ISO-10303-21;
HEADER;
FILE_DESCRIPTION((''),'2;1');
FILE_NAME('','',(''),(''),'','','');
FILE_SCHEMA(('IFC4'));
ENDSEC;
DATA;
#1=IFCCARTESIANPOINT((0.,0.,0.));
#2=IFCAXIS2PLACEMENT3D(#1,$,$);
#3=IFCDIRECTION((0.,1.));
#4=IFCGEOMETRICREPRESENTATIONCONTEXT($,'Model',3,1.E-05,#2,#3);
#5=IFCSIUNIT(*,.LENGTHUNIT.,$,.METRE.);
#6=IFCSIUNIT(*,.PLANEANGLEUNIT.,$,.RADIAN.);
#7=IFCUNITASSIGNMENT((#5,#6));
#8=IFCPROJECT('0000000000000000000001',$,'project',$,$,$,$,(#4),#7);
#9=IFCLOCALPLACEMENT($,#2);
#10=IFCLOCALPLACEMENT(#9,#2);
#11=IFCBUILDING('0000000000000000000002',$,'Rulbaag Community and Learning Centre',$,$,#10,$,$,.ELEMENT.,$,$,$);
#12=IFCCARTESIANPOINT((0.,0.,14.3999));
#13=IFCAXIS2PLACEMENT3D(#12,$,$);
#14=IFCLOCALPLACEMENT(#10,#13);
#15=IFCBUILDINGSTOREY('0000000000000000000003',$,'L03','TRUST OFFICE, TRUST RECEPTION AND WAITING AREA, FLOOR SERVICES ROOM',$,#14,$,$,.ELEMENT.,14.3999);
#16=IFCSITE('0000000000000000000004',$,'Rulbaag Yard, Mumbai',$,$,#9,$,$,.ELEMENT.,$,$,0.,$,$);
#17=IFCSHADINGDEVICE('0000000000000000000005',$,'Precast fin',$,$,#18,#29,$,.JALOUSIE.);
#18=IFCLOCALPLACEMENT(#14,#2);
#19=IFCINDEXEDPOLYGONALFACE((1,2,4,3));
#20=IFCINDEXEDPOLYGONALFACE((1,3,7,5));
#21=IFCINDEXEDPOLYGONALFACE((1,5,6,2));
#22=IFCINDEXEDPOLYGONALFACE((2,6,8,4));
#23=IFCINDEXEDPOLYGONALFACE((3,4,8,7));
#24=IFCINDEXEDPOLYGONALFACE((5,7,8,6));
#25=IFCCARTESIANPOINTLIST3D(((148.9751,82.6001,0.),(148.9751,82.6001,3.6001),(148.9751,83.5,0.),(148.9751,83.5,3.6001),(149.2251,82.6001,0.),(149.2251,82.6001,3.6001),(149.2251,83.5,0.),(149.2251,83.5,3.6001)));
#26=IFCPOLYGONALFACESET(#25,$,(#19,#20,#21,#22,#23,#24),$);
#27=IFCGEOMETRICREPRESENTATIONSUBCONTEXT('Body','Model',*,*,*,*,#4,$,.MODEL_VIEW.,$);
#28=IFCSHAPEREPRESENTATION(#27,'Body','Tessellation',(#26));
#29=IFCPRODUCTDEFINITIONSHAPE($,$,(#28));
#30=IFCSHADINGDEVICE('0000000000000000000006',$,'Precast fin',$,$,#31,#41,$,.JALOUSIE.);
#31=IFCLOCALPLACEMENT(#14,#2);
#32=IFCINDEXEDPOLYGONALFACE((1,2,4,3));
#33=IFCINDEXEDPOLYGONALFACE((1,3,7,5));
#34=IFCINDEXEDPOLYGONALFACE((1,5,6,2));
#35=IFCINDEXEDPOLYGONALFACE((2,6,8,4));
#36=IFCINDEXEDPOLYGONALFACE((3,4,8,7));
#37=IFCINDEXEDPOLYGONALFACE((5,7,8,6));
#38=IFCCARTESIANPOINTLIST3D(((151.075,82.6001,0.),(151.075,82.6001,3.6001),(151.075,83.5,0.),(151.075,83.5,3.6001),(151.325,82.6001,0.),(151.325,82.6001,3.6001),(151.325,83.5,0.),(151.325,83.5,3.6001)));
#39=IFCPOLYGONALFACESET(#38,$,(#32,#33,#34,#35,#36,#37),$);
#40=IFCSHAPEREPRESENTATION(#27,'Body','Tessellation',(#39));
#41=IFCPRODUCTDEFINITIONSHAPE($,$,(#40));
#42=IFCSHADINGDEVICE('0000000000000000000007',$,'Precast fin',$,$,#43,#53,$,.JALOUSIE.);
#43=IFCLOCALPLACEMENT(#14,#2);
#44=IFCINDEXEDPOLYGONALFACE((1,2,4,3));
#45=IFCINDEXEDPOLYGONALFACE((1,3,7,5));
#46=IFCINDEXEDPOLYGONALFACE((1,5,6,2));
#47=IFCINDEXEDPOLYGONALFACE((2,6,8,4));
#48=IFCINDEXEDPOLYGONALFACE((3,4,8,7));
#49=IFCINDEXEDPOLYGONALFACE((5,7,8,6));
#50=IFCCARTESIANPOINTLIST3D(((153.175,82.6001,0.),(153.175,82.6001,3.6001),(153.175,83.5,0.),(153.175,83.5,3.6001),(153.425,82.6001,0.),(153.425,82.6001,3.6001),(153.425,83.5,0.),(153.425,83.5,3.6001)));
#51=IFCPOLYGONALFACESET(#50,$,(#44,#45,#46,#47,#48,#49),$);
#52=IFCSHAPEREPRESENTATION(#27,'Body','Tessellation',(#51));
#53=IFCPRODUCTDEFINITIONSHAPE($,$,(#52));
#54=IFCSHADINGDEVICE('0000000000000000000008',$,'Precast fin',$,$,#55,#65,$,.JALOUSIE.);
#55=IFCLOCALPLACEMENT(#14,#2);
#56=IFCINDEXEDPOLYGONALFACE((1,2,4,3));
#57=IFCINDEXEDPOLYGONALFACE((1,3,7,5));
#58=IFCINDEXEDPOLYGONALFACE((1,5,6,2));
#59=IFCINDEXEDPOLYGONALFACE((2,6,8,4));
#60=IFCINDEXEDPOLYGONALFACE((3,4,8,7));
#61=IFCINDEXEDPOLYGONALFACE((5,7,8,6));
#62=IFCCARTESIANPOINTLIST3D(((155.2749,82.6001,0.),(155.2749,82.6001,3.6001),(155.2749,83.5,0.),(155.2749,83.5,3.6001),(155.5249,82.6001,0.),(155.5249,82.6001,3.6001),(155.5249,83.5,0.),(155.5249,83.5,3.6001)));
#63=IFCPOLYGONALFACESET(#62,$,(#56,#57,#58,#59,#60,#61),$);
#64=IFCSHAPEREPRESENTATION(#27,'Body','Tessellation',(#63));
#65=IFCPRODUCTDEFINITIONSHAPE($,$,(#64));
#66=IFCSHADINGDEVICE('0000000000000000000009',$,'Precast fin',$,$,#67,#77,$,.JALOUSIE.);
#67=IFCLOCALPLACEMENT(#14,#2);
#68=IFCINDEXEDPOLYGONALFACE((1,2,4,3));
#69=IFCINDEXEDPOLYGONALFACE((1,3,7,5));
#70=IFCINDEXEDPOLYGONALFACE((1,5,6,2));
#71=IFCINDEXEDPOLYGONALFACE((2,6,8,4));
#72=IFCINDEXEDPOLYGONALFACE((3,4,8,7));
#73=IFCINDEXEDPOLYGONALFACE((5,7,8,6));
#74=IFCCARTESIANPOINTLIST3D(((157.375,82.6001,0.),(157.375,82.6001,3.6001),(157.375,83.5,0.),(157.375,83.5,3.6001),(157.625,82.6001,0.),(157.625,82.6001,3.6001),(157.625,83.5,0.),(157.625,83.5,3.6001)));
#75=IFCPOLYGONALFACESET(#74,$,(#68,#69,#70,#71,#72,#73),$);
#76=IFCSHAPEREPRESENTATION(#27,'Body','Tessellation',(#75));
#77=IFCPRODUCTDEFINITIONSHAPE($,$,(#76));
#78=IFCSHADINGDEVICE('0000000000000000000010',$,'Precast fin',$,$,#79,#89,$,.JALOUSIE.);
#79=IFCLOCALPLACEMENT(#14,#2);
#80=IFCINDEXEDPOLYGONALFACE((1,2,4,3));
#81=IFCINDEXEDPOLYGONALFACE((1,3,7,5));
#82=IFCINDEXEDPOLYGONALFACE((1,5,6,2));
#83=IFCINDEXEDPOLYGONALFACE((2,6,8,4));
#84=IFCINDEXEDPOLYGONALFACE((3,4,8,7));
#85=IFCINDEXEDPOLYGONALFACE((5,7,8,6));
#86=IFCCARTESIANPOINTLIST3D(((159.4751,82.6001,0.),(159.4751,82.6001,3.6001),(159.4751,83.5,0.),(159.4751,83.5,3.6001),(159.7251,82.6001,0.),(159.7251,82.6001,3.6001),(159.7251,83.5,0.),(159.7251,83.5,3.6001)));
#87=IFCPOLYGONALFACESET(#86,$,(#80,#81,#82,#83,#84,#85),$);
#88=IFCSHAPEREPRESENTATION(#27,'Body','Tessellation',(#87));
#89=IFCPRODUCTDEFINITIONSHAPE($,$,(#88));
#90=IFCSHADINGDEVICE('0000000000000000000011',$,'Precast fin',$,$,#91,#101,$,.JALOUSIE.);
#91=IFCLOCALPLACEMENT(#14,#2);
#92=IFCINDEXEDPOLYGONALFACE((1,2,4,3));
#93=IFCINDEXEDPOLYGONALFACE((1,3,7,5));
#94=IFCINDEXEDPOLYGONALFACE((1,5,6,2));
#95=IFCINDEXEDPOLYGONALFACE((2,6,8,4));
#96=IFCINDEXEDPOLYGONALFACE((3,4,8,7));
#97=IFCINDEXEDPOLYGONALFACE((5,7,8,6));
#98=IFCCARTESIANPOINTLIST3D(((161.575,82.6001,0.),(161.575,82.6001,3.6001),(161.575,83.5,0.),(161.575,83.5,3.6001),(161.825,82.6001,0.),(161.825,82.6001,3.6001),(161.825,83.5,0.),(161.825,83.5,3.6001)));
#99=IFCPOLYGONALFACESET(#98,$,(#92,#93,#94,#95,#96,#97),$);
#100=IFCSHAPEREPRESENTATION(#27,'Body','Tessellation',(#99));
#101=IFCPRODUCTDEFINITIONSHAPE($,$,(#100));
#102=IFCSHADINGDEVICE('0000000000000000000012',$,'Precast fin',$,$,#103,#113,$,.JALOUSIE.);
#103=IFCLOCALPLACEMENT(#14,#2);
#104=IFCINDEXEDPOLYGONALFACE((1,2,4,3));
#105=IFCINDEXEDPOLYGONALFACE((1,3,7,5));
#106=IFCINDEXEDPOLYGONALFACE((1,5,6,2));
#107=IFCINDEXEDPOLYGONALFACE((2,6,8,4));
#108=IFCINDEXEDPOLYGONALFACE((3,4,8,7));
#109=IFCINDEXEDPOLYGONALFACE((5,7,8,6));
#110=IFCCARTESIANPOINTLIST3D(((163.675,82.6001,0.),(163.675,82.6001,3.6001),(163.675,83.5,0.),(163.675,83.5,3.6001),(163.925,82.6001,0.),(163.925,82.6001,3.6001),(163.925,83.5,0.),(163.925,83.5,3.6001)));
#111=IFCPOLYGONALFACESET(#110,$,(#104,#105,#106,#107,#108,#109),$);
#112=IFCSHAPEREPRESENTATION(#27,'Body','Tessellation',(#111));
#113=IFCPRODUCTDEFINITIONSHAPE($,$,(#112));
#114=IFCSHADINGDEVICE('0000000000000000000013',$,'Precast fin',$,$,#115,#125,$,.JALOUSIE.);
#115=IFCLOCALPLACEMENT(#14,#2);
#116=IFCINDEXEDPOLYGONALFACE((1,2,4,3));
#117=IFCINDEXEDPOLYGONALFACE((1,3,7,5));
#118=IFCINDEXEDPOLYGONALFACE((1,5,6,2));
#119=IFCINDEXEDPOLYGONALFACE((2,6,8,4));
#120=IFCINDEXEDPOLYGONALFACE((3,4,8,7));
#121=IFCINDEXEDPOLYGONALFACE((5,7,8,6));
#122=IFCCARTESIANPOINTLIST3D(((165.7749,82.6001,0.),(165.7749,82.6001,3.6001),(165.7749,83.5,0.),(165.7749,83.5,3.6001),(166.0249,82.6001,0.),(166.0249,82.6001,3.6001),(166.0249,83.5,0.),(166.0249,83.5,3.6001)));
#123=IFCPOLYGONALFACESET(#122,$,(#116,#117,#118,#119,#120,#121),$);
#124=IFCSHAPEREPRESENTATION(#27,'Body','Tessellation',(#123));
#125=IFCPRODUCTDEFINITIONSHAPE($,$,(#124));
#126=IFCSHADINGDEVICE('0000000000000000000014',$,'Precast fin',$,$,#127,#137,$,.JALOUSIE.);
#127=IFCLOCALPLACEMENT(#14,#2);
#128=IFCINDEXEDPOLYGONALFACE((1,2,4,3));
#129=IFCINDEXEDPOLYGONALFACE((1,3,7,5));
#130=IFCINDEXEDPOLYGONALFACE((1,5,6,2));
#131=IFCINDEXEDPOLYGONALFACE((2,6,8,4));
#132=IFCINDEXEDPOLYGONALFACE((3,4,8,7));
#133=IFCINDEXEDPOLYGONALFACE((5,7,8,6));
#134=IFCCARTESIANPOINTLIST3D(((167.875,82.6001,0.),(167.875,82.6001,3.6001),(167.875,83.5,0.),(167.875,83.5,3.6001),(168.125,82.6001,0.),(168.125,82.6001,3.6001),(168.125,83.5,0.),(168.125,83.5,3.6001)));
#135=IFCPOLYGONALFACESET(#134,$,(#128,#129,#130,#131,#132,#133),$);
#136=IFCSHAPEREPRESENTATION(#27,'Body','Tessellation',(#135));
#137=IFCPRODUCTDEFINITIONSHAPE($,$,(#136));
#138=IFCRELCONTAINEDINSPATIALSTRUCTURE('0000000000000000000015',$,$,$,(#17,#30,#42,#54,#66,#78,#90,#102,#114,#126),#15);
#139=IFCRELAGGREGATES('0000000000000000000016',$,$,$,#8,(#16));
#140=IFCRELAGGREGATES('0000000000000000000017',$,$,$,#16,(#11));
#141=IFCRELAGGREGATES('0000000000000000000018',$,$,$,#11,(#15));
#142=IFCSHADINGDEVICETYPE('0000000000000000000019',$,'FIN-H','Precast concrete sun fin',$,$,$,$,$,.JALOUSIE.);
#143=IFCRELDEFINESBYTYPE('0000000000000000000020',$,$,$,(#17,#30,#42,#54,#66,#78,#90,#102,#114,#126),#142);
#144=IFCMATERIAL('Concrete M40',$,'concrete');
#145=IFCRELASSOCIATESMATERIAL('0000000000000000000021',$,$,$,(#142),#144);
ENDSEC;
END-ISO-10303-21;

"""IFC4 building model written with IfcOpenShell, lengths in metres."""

from ifc_helpers import new_model, si_unit, direction, frame, origin, origin_2d, place, context, subcontext, project, spatial, rectangle, extrude, material, material_profile, profile_set, type_object, element, save


model = new_model("IFC4")

# Units and contexts
model_context = context("Model", 3, precision=1e-05, world=origin(), true_north=direction((0.0, 1.0)))
body_context = subcontext(model_context, "Body", "Model", "MODEL_VIEW")
ifc_project = project(units=[si_unit("LENGTHUNIT", "METRE"), si_unit("PLANEANGLEUNIT", "RADIAN")], contexts=[model_context])

# Site, building, storey
site_placement = place(None, origin())
site = spatial("IfcSite", under=ifc_project, at=site_placement, Name="Rulbaag Yard, Mumbai", CompositionType="ELEMENT", RefElevation=0.0)
building_placement = place(site_placement, origin())
building = spatial("IfcBuilding", under=site, at=building_placement, Name="Rulbaag Community and Learning Centre", CompositionType="ELEMENT")
storey_placement = place(building_placement, frame((0.0, 0.0, 14.3999)))
storey = spatial("IfcBuildingStorey", under=building, at=storey_placement, Name="L03", Description="TRUST OFFICE, TRUST RECEPTION AND WAITING AREA, FLOOR SERVICES ROOM", CompositionType="ELEMENT", Elevation=14.3999)

# Shared definitions
ifc_material_1 = material(Name="Concrete M40", Category="concrete")

# Shading devices
ifc_material_profile_1 = material_profile(ifc_material_1, rectangle(XDim=0.25, YDim=0.8999, at=origin_2d()), Name="PC 250x900")
ifc_profile_set_1 = profile_set([ifc_material_profile_1], Name="Concrete M40")
shading_device_type = type_object("IfcShadingDeviceType", Name="FIN-H", Description="Precast concrete sun fin", PredefinedType="JALOUSIE", material=ifc_profile_set_1)
for number, where, z_axis, x_axis, name in (
    (1, (149.1001, 83.05, 0.0), (0.0, 0.0, 1.0), (1.0, 0.0, 0.0), "Precast fin"),
    (2, (151.2, 83.05, 0.0), (0.0, 0.0, 1.0), (1.0, 0.0, 0.0), "Precast fin"),
    (3, (153.3, 83.05, 0.0), (0.0, 0.0, 1.0), (1.0, 0.0, 0.0), "Precast fin"),
    (4, (155.3999, 83.05, 0.0), (0.0, 0.0, 1.0), (1.0, 0.0, 0.0), "Precast fin"),
    (5, (157.5, 83.05, 0.0), (0.0, 0.0, 1.0), (1.0, 0.0, 0.0), "Precast fin"),
    (6, (159.6001, 83.05, 0.0), (0.0, 0.0, 1.0), (1.0, 0.0, 0.0), "Precast fin"),
    (7, (161.7, 83.05, 0.0), (0.0, 0.0, 1.0), (1.0, 0.0, 0.0), "Precast fin"),
    (8, (163.8, 83.05, 0.0), (0.0, 0.0, 1.0), (1.0, 0.0, 0.0), "Precast fin"),
    (9, (165.8999, 83.05, 0.0), (0.0, 0.0, 1.0), (1.0, 0.0, 0.0), "Precast fin"),
    (10, (168.0, 83.05, 0.0), (0.0, 0.0, 1.0), (1.0, 0.0, 0.0), "Precast fin"),
):
    element("IfcShadingDevice", number, at=place(storey_placement, frame(where, z_axis=z_axis, x_axis=x_axis)), inside=storey, type_object=shading_device_type, Name=name, PredefinedType="JALOUSIE", context=body_context, shape_type="SweptSolid", body=[
        extrude(rectangle(XDim=0.25, YDim=0.8999, at=origin_2d()), origin(), (0.0, 0.0, 1.0), 3.6001),
    ])

save(model, "model.ifc")
